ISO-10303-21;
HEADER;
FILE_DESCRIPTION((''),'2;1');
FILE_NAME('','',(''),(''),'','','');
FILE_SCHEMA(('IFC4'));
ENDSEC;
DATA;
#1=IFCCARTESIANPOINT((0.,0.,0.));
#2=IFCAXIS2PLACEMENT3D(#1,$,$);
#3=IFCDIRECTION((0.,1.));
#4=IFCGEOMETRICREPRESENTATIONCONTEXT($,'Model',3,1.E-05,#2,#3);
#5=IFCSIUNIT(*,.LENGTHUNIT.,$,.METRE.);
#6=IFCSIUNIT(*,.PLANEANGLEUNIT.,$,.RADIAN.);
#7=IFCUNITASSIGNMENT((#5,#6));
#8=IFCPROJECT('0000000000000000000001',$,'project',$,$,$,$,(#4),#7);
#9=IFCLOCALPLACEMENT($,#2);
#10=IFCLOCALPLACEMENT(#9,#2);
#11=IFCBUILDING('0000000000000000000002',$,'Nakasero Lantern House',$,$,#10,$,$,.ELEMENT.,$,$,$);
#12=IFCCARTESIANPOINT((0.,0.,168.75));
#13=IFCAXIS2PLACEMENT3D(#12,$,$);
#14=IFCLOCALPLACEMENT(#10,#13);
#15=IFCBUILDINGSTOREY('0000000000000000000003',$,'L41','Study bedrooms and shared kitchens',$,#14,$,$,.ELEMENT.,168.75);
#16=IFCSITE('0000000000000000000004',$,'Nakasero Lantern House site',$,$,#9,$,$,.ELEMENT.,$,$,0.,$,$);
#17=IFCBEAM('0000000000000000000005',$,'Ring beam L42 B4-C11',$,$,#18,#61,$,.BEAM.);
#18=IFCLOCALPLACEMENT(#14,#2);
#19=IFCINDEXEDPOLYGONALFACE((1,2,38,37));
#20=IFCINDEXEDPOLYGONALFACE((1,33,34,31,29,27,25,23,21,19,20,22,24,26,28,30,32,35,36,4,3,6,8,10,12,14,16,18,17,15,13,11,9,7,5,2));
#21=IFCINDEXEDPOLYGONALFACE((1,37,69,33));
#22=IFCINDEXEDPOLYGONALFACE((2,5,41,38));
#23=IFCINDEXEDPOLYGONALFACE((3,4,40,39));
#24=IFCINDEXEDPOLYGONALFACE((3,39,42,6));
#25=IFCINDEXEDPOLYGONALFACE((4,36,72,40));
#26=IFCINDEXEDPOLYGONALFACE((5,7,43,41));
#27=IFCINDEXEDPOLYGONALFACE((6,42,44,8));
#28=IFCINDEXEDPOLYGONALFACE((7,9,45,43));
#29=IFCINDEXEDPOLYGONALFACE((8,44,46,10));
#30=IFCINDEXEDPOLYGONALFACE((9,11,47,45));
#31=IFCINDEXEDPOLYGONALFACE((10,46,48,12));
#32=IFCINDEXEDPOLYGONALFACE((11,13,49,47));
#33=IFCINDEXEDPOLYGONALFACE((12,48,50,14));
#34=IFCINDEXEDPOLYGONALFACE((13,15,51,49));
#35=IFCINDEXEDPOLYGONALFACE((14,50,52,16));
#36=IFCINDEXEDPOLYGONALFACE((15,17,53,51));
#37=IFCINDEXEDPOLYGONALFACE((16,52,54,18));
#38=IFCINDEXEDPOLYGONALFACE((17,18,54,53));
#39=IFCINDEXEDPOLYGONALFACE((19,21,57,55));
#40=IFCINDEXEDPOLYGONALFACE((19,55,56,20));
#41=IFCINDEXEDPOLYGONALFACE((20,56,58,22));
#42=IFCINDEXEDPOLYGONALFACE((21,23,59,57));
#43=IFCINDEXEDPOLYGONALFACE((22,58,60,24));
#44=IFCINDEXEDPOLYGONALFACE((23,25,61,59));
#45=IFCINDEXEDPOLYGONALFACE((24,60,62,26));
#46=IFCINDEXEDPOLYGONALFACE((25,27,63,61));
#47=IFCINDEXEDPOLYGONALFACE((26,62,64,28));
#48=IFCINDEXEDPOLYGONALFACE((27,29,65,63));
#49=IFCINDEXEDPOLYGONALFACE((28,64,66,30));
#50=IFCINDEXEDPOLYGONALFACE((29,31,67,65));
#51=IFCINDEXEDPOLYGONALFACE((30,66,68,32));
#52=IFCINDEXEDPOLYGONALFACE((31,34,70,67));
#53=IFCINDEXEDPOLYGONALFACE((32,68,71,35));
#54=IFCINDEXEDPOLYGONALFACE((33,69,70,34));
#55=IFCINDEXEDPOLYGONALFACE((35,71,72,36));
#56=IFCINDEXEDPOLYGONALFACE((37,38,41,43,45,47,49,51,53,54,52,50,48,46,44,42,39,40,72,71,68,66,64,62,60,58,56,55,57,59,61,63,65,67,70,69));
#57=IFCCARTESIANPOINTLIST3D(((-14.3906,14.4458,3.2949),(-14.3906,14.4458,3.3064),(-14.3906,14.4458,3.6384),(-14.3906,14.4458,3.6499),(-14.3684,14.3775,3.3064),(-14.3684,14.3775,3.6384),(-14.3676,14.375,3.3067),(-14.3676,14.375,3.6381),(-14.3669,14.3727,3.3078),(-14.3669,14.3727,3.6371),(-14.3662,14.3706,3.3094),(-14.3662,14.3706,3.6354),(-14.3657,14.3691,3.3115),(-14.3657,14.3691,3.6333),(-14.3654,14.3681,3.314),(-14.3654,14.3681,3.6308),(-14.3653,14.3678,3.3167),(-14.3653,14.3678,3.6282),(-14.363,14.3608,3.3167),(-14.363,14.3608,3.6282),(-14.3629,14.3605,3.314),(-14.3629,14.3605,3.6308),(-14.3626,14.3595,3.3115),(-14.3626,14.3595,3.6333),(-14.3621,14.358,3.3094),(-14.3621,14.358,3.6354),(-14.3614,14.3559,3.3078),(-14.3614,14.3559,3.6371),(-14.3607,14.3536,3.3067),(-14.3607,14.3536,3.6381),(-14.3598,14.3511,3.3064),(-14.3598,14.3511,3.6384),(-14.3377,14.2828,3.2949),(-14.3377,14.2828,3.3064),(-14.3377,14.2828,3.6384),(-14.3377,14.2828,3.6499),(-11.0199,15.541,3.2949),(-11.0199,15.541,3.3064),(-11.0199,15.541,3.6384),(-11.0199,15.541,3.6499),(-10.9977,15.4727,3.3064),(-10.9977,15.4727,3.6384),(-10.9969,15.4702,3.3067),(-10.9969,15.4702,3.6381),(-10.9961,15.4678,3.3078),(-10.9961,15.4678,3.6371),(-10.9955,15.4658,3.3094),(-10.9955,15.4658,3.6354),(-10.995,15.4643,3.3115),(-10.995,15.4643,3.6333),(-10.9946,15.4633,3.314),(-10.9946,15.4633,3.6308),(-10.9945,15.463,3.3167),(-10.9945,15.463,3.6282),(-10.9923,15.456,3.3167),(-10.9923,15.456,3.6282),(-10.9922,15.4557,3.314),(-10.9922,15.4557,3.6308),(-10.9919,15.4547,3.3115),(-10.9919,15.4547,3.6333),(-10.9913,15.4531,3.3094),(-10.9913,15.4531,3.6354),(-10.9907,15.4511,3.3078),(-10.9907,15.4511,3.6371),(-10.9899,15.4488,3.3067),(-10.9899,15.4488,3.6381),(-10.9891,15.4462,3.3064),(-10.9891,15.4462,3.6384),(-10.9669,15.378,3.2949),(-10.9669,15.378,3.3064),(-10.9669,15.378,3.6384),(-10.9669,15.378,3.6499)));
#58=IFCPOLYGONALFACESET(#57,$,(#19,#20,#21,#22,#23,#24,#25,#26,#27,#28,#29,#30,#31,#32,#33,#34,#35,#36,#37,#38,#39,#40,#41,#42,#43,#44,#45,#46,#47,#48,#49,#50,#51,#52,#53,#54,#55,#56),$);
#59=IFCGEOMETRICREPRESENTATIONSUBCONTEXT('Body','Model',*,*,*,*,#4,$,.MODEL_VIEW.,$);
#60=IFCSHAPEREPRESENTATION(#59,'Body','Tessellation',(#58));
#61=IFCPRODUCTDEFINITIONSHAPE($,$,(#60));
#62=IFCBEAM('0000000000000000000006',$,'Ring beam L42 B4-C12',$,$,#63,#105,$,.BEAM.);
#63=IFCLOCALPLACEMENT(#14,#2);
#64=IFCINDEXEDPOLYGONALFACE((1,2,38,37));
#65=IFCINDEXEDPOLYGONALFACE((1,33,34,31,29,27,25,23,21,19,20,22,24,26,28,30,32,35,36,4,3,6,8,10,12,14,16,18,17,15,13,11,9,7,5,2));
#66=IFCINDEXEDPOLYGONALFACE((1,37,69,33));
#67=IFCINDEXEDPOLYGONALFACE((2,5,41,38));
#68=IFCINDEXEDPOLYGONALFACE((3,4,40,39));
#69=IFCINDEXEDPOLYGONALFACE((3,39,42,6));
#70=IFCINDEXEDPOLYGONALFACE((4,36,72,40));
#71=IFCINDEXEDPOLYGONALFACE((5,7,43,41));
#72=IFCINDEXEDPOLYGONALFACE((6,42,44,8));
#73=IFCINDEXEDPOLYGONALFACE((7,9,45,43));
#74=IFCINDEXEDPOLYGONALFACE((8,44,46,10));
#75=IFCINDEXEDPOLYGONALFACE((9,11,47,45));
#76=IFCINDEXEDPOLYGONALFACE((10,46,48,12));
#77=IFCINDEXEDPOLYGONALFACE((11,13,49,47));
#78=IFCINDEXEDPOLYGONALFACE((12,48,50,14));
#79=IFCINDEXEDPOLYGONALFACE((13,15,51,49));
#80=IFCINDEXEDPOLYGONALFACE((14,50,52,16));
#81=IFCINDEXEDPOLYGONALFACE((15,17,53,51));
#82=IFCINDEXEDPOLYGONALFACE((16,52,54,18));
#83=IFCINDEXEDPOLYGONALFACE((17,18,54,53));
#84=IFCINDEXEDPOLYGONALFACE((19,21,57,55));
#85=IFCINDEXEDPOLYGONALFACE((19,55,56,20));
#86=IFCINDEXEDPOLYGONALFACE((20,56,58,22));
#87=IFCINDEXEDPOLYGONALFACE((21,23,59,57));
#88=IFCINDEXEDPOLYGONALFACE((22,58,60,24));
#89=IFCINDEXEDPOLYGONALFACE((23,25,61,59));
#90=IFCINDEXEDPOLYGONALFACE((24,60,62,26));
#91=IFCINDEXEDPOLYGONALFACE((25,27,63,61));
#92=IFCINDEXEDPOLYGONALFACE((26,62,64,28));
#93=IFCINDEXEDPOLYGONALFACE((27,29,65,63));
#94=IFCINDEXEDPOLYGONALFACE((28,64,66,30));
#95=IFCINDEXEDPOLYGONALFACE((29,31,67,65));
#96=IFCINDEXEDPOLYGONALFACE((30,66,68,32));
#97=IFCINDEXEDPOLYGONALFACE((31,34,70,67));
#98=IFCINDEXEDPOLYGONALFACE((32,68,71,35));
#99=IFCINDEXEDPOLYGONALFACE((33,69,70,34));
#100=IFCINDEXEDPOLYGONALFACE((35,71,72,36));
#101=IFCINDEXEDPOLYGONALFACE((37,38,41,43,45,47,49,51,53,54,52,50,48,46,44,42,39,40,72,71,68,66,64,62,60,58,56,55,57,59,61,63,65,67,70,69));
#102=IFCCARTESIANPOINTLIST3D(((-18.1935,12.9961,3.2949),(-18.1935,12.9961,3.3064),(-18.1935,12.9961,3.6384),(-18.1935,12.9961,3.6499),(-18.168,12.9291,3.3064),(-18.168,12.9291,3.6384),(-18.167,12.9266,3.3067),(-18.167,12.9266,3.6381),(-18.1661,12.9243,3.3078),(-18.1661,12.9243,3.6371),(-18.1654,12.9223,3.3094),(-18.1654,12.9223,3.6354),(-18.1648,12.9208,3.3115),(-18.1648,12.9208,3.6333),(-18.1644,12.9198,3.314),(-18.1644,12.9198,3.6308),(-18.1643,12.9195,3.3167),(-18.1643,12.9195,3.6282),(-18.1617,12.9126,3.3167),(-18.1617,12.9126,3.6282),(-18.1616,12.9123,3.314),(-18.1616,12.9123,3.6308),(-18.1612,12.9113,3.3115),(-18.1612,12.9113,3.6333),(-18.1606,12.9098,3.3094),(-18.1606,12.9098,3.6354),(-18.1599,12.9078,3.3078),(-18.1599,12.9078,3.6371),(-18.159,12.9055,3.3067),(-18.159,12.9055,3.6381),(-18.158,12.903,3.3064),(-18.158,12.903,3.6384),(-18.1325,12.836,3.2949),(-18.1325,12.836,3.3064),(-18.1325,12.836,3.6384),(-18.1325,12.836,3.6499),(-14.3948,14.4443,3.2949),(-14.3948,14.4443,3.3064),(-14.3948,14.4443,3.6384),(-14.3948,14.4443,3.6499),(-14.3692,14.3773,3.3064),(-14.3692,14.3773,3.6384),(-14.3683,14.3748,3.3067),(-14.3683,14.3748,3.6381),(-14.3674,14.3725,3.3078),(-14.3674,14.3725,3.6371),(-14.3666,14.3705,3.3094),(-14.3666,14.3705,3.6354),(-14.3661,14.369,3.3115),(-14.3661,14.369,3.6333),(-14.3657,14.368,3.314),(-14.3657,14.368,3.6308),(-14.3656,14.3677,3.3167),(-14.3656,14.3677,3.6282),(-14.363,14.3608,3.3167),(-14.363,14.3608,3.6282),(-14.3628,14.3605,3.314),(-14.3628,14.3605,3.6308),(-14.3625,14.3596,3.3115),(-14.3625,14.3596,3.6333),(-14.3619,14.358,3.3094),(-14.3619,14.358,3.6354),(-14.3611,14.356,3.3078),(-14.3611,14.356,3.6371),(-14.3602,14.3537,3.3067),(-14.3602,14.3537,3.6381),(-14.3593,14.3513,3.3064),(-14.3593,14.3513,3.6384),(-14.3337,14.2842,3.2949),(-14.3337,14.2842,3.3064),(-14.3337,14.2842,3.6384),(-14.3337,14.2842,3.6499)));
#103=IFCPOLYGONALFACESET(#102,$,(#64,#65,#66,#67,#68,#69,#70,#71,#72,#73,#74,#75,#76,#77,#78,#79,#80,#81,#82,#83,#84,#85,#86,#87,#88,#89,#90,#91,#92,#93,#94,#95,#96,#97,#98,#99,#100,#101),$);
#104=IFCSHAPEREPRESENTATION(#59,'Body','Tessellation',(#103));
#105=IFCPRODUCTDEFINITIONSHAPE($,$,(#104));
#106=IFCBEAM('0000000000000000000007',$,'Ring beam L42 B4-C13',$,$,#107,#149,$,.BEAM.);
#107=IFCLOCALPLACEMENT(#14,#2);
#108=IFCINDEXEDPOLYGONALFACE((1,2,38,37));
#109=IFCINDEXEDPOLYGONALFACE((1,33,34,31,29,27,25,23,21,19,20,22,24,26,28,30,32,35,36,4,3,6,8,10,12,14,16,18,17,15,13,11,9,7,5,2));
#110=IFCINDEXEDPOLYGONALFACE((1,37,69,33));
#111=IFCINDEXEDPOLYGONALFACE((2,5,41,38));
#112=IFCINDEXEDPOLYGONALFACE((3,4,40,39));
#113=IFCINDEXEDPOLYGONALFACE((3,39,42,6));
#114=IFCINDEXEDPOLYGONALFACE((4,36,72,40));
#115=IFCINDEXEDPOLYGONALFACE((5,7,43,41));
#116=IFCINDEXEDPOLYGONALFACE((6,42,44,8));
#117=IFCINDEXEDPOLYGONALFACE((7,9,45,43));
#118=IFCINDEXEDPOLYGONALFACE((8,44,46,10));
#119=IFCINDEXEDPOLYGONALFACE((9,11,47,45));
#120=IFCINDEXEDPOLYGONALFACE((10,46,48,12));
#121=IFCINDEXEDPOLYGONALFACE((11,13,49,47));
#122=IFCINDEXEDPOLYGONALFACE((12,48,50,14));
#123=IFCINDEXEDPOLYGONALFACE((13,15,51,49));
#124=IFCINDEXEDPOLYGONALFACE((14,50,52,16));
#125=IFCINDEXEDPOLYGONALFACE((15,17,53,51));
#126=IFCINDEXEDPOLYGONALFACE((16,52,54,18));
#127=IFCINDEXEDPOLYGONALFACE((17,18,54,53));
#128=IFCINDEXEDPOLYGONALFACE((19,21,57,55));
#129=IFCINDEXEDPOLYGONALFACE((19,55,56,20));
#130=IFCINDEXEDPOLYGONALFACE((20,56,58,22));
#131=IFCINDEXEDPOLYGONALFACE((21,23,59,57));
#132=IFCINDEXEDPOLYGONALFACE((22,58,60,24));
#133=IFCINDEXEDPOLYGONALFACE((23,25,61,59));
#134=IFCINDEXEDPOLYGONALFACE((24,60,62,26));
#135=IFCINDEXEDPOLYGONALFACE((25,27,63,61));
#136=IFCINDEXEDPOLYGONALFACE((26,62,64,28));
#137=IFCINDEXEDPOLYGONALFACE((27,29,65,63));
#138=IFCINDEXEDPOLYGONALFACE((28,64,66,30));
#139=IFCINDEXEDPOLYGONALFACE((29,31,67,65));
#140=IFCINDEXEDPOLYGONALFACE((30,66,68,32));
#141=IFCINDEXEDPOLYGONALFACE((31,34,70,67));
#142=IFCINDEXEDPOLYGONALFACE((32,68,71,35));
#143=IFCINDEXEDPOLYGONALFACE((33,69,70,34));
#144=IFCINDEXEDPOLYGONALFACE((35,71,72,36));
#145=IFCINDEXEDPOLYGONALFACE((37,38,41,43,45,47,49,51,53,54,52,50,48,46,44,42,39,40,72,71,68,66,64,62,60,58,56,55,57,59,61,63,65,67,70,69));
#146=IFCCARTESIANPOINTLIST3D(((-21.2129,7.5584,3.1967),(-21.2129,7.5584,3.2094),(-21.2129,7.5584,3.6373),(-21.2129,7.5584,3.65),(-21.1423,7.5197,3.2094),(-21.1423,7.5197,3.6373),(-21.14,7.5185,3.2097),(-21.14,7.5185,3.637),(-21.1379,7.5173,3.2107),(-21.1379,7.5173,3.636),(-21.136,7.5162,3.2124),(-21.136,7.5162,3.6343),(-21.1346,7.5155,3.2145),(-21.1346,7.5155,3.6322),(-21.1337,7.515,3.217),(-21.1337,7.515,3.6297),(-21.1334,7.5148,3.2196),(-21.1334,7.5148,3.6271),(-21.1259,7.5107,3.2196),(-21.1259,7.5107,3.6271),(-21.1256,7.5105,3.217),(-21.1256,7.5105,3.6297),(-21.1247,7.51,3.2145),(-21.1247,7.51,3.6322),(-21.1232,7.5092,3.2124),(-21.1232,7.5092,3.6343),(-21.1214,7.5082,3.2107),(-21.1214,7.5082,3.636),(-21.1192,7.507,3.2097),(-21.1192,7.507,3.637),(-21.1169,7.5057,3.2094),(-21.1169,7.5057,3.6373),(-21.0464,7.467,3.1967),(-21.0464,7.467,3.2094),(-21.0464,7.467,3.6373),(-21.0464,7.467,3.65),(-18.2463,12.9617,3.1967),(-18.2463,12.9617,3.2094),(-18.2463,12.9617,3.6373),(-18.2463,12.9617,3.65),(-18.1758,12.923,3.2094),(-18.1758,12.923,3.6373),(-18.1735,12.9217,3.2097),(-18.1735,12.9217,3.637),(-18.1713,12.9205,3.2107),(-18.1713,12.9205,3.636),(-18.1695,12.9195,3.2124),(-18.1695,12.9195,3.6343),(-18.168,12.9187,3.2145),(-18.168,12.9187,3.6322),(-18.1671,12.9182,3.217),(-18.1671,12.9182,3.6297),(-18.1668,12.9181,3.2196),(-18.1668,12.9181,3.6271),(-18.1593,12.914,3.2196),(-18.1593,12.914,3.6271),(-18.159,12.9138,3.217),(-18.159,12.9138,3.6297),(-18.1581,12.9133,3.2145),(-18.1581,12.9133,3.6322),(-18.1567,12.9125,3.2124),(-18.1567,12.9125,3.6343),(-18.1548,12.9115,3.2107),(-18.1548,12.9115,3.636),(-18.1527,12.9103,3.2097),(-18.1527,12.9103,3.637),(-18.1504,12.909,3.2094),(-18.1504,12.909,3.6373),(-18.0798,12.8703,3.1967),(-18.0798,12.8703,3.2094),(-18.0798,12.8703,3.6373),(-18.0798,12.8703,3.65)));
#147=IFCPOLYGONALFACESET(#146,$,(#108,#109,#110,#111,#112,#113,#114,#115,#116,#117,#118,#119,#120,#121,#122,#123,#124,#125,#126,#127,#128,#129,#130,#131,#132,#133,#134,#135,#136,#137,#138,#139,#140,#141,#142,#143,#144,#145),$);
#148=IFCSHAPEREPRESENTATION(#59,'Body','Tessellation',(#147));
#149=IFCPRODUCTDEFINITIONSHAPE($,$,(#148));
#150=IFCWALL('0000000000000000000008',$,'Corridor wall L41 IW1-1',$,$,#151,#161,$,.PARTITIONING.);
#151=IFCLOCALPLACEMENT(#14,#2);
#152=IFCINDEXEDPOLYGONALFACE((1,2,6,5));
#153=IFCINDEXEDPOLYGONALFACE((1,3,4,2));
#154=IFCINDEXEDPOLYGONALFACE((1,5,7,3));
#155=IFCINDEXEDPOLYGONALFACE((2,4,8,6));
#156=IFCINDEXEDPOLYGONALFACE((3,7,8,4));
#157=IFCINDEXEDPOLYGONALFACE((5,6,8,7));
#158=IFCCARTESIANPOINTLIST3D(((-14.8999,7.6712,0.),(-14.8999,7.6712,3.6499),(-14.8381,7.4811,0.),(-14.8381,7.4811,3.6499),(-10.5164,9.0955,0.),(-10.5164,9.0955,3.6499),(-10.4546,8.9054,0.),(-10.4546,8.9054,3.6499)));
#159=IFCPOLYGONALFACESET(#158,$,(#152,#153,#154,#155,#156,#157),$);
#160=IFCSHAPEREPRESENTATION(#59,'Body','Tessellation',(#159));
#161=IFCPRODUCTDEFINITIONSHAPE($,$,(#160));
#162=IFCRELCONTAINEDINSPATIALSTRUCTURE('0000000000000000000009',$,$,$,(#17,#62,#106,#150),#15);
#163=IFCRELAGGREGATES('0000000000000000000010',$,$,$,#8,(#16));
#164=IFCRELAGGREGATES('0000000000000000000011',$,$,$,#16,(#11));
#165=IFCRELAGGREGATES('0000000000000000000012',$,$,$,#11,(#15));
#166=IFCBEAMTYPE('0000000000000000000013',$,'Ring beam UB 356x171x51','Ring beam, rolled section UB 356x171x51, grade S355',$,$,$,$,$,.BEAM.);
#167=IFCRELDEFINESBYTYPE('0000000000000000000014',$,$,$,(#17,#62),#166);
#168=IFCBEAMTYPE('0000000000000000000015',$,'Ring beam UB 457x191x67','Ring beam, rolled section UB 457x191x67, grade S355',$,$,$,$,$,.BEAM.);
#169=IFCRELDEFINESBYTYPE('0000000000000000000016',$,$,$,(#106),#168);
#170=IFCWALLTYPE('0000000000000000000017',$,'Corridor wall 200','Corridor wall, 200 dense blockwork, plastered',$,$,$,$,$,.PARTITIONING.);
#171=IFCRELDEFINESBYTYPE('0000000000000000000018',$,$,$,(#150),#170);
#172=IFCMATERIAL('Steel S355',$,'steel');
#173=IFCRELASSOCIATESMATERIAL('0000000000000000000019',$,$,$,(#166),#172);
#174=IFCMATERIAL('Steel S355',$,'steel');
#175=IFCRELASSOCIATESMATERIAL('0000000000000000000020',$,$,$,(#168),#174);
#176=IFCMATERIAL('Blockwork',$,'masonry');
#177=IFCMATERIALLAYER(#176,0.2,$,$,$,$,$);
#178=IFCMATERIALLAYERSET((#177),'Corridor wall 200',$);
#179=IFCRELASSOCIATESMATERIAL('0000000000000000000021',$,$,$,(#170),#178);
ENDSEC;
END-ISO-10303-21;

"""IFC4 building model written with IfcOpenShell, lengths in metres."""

from ifc_helpers import new_model, si_unit, direction, frame, frame_2d, origin, origin_2d, place, context, subcontext, project, spatial, rectangle, i_section, extrude, material, layer, layer_set, material_profile, profile_set, type_object, element, save


model = new_model("IFC4")

# Units and contexts
model_context = context("Model", 3, precision=1e-05, world=origin(), true_north=direction((0.0, 1.0)))
body_context = subcontext(model_context, "Body", "Model", "MODEL_VIEW")
ifc_project = project(units=[si_unit("LENGTHUNIT", "METRE"), si_unit("PLANEANGLEUNIT", "RADIAN")], contexts=[model_context])

# Site, building, storey
site_placement = place(None, origin())
site = spatial("IfcSite", under=ifc_project, at=site_placement, Name="Nakasero Lantern House site", CompositionType="ELEMENT", RefElevation=0.0)
building_placement = place(site_placement, origin())
building = spatial("IfcBuilding", under=site, at=building_placement, Name="Nakasero Lantern House", CompositionType="ELEMENT")
storey_placement = place(building_placement, frame((0.0, 0.0, 168.75)))
storey = spatial("IfcBuildingStorey", under=building, at=storey_placement, Name="L41", Description="Study bedrooms and shared kitchens", CompositionType="ELEMENT", Elevation=168.75)

# Beams
ifc_material_1 = material(Name="Steel S355", Category="steel")
ifc_material_profile_1 = material_profile(ifc_material_1, i_section(OverallWidth=0.1714, OverallDepth=0.355, WebThickness=0.0073, FlangeThickness=0.0115, FilletRadius=0.0103, at=origin_2d()), Name="UB 356x171x51")
ifc_profile_set_1 = profile_set([ifc_material_profile_1], Name="Steel S355")
beam_type_1 = type_object("IfcBeamType", Name="Ring beam UB 356x171x51", Description="Ring beam, rolled section UB 356x171x51, grade S355", PredefinedType="BEAM", material=ifc_profile_set_1)
beam_1_placement = place(storey_placement, frame((-10.9934, 15.4595, 3.4724), z_axis=(-0.95106, -0.309007, 0.0), x_axis=(0.309007, -0.95106, 0.0)))
element("IfcBeam", 1, at=beam_1_placement, inside=storey, type_object=beam_type_1, Name="Ring beam L42 B4-C11", PredefinedType="BEAM", context=body_context, shape_type="SweptSolid", body=[
    extrude(i_section(OverallWidth=0.1714, OverallDepth=0.355, WebThickness=0.0073, FlangeThickness=0.0115, FilletRadius=0.0103, at=origin_2d()), origin(), (0.0, 0.0, 1.0), 3.5442),
])
beam_2_placement = place(storey_placement, frame((-14.3643, 14.3643, 3.4724), z_axis=(-0.9344, -0.356225, 0.0), x_axis=(0.356225, -0.9344, 0.0)))
element("IfcBeam", 2, at=beam_2_placement, inside=storey, type_object=beam_type_1, Name="Ring beam L42 B4-C12", PredefinedType="BEAM", context=body_context, shape_type="SweptSolid", body=[
    extrude(i_section(OverallWidth=0.1714, OverallDepth=0.355, WebThickness=0.0073, FlangeThickness=0.0115, FilletRadius=0.0103, at=origin_2d()), origin(), (0.0, 0.0, 1.0), 4.0654),
])
ifc_material_2 = material(Name="Steel S355", Category="steel")
ifc_material_profile_2 = material_profile(ifc_material_2, i_section(OverallWidth=0.1899, OverallDepth=0.4534, WebThickness=0.0085, FlangeThickness=0.0127, FilletRadius=0.0103, at=origin_2d()), Name="UB 457x191x67")
ifc_profile_set_2 = profile_set([ifc_material_profile_2], Name="Steel S355")
beam_type_2 = type_object("IfcBeamType", Name="Ring beam UB 457x191x67", Description="Ring beam, rolled section UB 457x191x67, grade S355", PredefinedType="BEAM", material=ifc_profile_set_2)
beam_3_placement = place(storey_placement, frame((-18.1631, 12.916, 3.4233), z_axis=(-0.481262, -0.876577, 0.0), x_axis=(0.876577, -0.481262, 0.0)))
element("IfcBeam", 3, at=beam_3_placement, inside=storey, type_object=beam_type_2, Name="Ring beam L42 B4-C13", PredefinedType="BEAM", context=body_context, shape_type="SweptSolid", body=[
    extrude(i_section(OverallWidth=0.1899, OverallDepth=0.4534, WebThickness=0.0085, FlangeThickness=0.0127, FilletRadius=0.0103, at=origin_2d()), origin(), (0.0, 0.0, 1.0), 6.1641),
])

# Wall
ifc_material_3 = material(Name="Blockwork", Category="masonry")
ifc_layer_1 = layer(ifc_material_3, 0.2)
ifc_layer_set_1 = layer_set([ifc_layer_1], Name="Corridor wall 200")
wall_type_1 = type_object("IfcWallType", Name="Corridor wall 200", Description="Corridor wall, 200 dense blockwork, plastered", PredefinedType="PARTITIONING", material=ifc_layer_set_1)
wall_1_placement = place(storey_placement, frame((-10.4854, 9.0005, 0.0), z_axis=(0.0, 0.0, 1.0), x_axis=(-0.951055, -0.30902, 0.0)))
element("IfcWall", 4, at=wall_1_placement, inside=storey, type_object=wall_type_1, Name="Corridor wall L41 IW1-1", PredefinedType="PARTITIONING", context=body_context, shape_type="SweptSolid", body=[
    extrude(rectangle(XDim=4.6091, YDim=0.2, at=frame_2d((2.3047, 0.0))), origin(), (0.0, 0.0, 1.0), 3.6499),
])

save(model, "model.ifc")
